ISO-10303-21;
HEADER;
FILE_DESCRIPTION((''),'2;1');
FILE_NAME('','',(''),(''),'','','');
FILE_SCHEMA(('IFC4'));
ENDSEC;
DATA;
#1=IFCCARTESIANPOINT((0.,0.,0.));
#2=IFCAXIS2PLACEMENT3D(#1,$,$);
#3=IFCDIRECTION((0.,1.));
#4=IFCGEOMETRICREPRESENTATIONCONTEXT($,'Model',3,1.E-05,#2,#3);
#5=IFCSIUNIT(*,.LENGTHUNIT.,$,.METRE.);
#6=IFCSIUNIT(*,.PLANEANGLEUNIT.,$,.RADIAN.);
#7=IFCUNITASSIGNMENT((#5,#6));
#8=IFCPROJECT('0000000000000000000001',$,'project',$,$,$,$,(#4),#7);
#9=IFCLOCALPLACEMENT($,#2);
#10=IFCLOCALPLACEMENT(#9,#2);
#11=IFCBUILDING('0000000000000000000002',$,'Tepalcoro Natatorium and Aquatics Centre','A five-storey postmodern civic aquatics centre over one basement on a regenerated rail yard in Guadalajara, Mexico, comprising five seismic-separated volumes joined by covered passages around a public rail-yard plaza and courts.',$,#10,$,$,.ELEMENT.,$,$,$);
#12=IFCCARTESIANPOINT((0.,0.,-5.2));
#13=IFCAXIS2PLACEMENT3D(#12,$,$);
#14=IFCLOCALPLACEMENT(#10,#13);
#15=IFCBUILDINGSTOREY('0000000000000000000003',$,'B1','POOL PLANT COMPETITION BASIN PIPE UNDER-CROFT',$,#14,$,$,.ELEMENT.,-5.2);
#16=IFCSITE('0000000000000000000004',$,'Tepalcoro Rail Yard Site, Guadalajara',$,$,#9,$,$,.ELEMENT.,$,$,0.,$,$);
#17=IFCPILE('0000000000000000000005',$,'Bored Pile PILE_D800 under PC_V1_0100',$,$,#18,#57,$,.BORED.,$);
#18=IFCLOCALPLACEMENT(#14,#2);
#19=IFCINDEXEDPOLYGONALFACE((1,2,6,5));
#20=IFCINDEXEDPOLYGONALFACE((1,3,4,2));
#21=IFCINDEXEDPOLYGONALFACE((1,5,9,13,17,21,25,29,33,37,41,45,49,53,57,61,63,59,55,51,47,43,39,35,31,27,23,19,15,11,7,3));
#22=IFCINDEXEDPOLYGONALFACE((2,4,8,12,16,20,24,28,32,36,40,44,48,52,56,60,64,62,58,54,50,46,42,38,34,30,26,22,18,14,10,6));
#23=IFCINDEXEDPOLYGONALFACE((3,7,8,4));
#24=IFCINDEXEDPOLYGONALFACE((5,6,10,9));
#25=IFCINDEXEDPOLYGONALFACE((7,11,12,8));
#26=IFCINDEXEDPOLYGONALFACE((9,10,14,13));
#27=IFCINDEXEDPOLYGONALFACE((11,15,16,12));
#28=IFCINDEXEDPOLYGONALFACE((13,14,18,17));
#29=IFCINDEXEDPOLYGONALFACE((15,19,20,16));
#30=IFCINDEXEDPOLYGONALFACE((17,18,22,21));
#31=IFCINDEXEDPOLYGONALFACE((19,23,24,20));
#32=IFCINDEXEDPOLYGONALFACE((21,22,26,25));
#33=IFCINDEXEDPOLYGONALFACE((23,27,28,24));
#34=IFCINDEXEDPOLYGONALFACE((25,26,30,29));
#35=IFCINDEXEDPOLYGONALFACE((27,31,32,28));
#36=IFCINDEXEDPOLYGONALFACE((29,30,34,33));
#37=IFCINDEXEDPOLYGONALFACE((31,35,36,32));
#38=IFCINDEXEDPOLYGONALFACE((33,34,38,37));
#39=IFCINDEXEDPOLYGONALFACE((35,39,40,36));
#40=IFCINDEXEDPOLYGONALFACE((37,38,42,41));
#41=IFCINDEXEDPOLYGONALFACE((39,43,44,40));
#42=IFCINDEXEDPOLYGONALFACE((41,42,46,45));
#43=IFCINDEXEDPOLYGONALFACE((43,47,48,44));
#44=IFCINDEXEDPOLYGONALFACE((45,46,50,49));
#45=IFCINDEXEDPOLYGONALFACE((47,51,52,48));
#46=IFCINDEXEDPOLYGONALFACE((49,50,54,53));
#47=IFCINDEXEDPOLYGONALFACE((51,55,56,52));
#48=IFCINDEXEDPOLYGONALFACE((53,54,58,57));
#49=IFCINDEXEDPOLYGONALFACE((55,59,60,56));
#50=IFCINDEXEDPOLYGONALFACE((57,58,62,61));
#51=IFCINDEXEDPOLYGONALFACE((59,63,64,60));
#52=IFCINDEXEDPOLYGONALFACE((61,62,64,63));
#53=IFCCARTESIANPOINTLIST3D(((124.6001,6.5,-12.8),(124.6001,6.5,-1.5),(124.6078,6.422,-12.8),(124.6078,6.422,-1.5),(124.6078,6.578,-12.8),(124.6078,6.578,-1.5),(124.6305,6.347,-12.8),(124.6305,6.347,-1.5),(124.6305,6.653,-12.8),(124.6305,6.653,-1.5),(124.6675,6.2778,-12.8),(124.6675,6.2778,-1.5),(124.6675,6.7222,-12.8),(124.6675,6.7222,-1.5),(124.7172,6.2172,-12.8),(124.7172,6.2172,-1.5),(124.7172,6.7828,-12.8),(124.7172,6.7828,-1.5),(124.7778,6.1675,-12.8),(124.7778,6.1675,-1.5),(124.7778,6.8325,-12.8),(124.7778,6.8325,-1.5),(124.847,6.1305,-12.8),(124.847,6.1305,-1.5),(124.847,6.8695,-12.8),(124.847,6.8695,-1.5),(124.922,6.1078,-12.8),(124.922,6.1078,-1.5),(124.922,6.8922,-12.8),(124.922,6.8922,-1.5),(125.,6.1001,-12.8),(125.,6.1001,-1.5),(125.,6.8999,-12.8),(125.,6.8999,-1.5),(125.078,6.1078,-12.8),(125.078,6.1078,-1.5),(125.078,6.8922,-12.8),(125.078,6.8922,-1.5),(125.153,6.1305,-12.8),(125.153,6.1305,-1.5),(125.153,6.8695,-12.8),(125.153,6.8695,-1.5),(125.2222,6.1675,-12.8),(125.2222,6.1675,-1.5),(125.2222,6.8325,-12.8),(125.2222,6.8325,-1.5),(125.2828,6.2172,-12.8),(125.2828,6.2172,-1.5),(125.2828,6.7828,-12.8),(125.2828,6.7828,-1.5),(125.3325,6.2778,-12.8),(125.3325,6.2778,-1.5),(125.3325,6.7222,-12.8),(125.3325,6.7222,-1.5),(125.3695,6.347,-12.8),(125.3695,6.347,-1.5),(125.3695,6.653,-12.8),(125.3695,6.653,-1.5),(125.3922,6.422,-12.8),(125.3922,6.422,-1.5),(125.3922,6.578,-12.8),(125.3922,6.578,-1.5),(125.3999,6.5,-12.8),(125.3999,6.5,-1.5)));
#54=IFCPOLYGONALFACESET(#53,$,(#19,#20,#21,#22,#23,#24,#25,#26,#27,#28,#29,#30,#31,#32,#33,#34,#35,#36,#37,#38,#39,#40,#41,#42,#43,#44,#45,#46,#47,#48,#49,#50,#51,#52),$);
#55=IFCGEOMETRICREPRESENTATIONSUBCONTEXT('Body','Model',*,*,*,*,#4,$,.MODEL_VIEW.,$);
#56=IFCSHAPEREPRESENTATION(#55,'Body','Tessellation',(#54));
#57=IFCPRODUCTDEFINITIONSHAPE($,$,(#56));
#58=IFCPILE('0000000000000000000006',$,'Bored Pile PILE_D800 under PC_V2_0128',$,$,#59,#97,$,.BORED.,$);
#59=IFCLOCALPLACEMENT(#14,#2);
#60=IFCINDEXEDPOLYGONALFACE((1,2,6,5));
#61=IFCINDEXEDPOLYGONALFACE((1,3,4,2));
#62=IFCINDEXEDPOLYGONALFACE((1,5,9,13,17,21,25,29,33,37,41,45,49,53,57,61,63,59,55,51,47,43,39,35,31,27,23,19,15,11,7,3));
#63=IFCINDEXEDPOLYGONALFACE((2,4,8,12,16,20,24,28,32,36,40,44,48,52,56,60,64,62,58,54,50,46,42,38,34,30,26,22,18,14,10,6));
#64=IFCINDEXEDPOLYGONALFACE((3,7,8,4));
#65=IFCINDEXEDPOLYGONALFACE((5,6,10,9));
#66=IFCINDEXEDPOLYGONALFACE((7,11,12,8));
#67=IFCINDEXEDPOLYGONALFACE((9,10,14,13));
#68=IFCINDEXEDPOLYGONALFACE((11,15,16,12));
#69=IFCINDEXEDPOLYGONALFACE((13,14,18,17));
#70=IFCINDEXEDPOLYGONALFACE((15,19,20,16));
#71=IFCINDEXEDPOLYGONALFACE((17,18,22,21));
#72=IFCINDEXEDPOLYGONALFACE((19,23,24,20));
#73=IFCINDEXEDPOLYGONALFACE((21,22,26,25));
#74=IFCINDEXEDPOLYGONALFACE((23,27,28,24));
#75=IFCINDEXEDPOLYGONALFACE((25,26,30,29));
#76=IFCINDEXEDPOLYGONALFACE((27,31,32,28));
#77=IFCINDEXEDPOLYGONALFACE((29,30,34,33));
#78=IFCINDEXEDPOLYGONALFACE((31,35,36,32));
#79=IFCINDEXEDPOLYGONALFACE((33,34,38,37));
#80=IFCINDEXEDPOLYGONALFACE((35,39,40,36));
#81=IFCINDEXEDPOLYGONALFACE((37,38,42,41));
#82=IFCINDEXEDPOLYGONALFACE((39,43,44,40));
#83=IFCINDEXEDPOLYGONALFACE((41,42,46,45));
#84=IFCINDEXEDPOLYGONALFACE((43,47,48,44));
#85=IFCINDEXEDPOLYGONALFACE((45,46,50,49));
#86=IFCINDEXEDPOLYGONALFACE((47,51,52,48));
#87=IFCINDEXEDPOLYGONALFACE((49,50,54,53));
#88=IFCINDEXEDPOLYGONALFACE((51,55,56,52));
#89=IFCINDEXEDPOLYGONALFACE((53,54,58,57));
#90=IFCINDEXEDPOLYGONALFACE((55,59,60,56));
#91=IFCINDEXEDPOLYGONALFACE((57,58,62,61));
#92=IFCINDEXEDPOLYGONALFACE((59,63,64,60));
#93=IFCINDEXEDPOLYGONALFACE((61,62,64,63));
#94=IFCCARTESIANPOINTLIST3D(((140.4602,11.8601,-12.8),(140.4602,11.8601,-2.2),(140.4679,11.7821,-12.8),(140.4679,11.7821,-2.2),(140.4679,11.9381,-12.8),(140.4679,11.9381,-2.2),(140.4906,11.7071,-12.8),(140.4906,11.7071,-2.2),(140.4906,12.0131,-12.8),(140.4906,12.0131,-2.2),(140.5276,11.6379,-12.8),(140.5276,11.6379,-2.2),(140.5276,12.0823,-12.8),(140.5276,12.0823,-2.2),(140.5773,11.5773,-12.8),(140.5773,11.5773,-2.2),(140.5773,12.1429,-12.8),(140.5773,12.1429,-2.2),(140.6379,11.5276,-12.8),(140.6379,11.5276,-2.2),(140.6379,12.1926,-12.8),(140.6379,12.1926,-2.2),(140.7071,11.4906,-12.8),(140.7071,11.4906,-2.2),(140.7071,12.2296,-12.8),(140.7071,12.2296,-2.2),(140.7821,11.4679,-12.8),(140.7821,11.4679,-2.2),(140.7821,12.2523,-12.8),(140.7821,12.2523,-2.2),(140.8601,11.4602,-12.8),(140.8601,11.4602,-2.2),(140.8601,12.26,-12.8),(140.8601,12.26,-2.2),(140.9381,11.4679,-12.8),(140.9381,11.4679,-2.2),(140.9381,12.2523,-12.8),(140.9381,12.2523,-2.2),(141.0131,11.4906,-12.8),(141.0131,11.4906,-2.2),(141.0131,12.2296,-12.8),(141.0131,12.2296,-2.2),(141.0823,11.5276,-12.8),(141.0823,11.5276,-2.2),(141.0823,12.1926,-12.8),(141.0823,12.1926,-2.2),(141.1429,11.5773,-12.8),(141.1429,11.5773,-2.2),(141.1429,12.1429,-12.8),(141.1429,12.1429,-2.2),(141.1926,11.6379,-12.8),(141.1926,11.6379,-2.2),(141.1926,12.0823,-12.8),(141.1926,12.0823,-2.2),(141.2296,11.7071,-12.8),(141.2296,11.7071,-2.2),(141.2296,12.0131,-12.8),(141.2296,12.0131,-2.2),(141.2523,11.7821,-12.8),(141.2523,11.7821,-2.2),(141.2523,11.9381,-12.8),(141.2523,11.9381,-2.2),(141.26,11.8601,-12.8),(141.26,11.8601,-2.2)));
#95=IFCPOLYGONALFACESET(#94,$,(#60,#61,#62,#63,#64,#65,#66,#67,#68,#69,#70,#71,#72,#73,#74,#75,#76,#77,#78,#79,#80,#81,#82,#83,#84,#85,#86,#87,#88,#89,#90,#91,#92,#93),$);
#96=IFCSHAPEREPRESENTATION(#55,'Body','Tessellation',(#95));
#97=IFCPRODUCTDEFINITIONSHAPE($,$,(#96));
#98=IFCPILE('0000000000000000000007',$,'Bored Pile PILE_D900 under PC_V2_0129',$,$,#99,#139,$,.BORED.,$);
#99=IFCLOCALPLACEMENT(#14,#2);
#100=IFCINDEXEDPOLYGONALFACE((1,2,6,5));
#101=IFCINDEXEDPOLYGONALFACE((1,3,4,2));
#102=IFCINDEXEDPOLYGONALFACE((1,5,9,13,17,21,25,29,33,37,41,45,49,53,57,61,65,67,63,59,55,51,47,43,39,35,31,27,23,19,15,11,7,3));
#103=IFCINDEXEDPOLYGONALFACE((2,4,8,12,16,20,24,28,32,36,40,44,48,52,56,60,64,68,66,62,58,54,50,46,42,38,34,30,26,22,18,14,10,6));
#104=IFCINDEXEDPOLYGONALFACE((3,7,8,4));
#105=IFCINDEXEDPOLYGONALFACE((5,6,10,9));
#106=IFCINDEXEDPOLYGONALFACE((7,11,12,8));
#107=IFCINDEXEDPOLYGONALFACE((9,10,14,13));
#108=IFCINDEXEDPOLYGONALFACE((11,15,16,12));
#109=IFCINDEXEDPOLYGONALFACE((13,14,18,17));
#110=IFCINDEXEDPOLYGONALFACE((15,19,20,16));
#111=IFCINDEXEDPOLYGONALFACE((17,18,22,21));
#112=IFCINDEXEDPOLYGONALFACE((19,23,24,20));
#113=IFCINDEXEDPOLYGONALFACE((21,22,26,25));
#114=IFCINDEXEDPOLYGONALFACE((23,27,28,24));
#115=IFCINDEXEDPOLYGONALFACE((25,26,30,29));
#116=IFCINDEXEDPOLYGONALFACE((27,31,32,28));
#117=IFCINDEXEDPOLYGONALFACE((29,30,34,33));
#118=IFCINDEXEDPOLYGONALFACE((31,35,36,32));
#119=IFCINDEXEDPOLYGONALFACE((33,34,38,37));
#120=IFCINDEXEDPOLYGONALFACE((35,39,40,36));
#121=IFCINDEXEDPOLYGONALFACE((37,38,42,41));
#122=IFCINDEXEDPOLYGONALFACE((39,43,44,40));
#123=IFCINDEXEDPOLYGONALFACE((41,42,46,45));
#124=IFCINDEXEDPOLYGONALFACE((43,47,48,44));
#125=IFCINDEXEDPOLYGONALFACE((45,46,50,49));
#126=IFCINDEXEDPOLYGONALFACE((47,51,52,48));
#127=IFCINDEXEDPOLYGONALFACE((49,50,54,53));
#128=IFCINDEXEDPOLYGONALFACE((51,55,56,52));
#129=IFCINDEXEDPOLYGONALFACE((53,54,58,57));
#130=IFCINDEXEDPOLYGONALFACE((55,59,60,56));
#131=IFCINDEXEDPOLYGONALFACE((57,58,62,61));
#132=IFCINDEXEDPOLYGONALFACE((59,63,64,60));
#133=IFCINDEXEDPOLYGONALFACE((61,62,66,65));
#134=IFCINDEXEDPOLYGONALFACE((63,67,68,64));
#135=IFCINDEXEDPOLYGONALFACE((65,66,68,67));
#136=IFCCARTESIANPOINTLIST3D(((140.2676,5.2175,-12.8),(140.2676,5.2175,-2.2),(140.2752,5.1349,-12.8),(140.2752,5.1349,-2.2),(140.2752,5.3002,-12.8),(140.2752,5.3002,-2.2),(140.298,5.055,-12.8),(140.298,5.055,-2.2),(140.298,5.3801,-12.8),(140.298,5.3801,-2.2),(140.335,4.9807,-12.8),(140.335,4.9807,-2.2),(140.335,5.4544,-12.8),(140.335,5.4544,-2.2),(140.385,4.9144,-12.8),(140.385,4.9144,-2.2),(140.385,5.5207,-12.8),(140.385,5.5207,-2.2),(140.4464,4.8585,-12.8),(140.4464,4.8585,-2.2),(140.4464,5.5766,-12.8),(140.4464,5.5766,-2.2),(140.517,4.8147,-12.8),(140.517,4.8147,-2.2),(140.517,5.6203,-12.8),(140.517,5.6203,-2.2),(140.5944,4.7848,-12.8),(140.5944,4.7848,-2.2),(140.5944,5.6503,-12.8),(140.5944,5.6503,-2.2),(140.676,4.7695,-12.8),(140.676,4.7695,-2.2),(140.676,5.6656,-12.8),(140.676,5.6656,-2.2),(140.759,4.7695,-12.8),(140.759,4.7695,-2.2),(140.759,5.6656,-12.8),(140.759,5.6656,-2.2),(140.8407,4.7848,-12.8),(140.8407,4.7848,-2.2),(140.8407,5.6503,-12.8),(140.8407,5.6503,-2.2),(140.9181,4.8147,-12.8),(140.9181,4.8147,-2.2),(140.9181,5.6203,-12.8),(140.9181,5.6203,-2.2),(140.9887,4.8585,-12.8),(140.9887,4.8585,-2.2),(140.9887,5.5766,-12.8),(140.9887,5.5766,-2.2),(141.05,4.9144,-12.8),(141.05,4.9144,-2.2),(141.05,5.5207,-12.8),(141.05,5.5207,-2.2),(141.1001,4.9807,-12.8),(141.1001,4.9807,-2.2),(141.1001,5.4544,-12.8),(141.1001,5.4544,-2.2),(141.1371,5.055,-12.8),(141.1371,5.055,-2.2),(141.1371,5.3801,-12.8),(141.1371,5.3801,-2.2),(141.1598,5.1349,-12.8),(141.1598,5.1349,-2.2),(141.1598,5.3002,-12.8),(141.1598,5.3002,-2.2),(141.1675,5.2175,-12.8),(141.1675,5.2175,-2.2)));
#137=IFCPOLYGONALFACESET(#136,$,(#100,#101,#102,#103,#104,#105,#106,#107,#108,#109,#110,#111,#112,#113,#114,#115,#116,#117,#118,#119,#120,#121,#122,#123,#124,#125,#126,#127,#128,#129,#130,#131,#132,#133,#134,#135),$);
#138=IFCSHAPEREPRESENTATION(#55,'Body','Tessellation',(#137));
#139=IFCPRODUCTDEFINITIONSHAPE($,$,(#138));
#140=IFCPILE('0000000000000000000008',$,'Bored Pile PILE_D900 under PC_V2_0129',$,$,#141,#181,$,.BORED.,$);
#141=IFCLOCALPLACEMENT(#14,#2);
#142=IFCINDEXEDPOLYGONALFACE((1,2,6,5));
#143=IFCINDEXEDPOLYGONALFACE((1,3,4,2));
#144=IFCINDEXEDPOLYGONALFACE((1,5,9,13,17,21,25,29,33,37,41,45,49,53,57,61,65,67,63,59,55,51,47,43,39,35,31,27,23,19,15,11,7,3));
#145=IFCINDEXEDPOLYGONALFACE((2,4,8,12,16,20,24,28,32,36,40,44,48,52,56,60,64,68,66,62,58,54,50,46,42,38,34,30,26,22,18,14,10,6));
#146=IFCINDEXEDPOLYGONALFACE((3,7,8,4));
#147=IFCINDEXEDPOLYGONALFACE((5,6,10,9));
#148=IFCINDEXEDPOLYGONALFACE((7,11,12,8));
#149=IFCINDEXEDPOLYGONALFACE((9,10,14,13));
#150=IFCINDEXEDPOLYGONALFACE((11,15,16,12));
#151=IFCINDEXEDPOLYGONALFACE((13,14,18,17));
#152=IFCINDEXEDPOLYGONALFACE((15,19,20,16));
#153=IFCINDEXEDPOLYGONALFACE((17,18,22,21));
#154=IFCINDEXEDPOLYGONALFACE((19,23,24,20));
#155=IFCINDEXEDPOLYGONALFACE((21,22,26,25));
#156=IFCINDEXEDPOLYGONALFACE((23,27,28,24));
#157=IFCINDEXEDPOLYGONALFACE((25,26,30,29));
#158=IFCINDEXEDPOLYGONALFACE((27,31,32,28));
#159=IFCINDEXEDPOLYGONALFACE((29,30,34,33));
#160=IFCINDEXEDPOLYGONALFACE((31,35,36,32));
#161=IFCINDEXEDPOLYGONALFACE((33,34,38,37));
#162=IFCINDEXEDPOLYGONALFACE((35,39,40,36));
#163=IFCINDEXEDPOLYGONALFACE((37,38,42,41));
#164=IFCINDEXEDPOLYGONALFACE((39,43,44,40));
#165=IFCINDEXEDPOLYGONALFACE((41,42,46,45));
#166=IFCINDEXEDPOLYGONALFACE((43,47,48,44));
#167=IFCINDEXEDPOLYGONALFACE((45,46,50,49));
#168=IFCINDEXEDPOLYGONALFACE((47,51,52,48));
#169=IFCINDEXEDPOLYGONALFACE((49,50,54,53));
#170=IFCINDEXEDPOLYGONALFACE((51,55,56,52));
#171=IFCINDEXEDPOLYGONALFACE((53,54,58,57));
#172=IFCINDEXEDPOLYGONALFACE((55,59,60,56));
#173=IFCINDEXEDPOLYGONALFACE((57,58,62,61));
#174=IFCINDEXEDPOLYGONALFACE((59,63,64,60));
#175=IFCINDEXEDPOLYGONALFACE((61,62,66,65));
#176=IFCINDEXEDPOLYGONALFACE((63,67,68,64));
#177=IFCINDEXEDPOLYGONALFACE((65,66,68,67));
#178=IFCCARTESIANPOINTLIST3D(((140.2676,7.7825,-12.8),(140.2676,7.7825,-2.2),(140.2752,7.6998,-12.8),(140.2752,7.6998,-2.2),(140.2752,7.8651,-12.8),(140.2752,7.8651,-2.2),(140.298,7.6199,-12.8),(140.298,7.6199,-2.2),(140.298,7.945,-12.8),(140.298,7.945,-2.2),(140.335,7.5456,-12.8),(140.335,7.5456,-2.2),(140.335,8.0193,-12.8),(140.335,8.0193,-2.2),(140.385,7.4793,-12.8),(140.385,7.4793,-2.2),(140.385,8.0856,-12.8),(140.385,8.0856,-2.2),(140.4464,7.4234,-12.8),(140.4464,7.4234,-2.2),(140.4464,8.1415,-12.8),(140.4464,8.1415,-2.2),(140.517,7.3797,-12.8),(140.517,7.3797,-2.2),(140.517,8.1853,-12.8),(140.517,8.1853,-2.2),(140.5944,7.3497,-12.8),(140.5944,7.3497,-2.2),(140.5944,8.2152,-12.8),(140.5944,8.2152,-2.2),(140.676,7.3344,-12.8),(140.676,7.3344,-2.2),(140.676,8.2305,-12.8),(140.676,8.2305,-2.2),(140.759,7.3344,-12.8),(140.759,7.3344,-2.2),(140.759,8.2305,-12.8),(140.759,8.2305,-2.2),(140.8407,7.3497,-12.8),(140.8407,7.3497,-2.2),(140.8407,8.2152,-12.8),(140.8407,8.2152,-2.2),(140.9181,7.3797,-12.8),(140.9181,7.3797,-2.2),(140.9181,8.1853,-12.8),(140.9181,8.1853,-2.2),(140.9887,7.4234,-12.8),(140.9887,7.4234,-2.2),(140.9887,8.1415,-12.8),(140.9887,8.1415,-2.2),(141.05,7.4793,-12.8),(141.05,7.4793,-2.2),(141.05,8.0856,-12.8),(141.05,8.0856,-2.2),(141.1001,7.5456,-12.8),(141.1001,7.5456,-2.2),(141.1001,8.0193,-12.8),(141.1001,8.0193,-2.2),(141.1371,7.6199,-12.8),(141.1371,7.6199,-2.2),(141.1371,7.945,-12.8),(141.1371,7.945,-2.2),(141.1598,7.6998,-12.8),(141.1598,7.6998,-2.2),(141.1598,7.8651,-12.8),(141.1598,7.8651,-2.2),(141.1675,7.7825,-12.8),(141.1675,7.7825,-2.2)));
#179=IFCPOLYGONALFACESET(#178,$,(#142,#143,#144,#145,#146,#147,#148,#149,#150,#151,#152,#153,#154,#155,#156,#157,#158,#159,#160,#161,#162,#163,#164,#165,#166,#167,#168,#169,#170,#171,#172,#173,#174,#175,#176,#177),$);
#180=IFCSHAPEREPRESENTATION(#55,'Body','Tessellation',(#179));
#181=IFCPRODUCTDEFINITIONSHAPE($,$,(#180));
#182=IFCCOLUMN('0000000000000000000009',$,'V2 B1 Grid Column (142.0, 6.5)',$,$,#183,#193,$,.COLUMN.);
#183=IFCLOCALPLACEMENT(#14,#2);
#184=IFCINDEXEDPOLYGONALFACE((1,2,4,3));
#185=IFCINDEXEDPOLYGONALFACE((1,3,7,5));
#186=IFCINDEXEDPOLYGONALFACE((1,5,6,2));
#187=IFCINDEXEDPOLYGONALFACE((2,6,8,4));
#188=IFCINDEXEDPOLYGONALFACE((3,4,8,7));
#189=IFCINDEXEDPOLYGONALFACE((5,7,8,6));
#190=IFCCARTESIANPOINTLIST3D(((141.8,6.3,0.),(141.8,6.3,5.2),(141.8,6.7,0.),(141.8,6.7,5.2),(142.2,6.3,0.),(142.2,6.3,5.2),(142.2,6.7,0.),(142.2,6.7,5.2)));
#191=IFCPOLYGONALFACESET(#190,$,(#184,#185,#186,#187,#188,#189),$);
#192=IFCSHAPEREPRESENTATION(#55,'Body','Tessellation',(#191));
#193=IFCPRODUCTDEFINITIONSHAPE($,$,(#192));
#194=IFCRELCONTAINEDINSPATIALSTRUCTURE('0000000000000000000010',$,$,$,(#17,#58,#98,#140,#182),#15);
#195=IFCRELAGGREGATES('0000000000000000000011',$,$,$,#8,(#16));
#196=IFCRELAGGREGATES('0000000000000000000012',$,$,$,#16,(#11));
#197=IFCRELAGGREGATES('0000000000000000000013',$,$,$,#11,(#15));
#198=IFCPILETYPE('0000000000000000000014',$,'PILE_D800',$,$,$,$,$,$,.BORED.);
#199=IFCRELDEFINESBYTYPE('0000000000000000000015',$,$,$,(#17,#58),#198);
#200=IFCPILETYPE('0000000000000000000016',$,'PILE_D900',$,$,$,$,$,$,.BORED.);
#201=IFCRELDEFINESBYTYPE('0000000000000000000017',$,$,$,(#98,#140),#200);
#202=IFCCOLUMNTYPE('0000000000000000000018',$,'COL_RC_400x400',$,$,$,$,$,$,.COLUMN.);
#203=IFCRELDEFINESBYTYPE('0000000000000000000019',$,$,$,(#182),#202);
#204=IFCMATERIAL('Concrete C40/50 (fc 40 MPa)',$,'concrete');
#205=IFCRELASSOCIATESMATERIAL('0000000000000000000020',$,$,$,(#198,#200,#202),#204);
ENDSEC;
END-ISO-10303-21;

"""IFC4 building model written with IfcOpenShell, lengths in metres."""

from ifc_helpers import new_model, si_unit, direction, frame, origin, origin_2d, place, context, subcontext, project, spatial, rectangle, circle, extrude, material, material_profile, profile_set, type_object, element, save


model = new_model("IFC4")

# Units and contexts
model_context = context("Model", 3, precision=1e-05, world=origin(), true_north=direction((0.0, 1.0)))
body_context = subcontext(model_context, "Body", "Model", "MODEL_VIEW")
ifc_project = project(units=[si_unit("LENGTHUNIT", "METRE"), si_unit("PLANEANGLEUNIT", "RADIAN")], contexts=[model_context])

# Site, building, storey
site_placement = place(None, origin())
site = spatial("IfcSite", under=ifc_project, at=site_placement, Name="Tepalcoro Rail Yard Site, Guadalajara", CompositionType="ELEMENT", RefElevation=0.0)
building_placement = place(site_placement, origin())
building = spatial("IfcBuilding", under=site, at=building_placement, Name="Tepalcoro Natatorium and Aquatics Centre", Description="A five-storey postmodern civic aquatics centre over one basement on a regenerated rail yard in Guadalajara, Mexico, comprising five seismic-separated volumes joined by covered passages around a public rail-yard plaza and courts.", CompositionType="ELEMENT")
storey_placement = place(building_placement, frame((0.0, 0.0, -5.2)))
storey = spatial("IfcBuildingStorey", under=building, at=storey_placement, Name="B1", Description="POOL PLANT COMPETITION BASIN PIPE UNDER-CROFT", CompositionType="ELEMENT", Elevation=-5.2)

# Piles
ifc_material = material(Name="Concrete C40/50 (fc 40 MPa)", Category="concrete")
ifc_material_profile_1 = material_profile(ifc_material, circle(Radius=0.3999, at=origin_2d()), Name="PILE_D800")
ifc_profile_set_1 = profile_set([ifc_material_profile_1], Name="Concrete C40/50 (fc 40 MPa)")
pile_type_1 = type_object("IfcPileType", Name="PILE_D800", PredefinedType="BORED", material=ifc_profile_set_1)
pile_1_placement = place(storey_placement, frame((125.0, 6.5, -1.5), z_axis=(0.0, 0.0, -1.0), x_axis=(1.0, 0.0, 0.0)))
element("IfcPile", 1, at=pile_1_placement, inside=storey, type_object=pile_type_1, Name="Bored Pile PILE_D800 under PC_V1_0100", PredefinedType="BORED", context=body_context, shape_type="SweptSolid", body=[
    extrude(circle(Radius=0.3999, at=origin_2d()), origin(), (0.0, 0.0, 1.0), 11.3),
])
pile_2_placement = place(storey_placement, frame((140.8601, 11.8601, -2.2), z_axis=(0.0, 0.0, -1.0), x_axis=(1.0, 0.0, 0.0)))
element("IfcPile", 2, at=pile_2_placement, inside=storey, type_object=pile_type_1, Name="Bored Pile PILE_D800 under PC_V2_0128", PredefinedType="BORED", context=body_context, shape_type="SweptSolid", body=[
    extrude(circle(Radius=0.3999, at=origin_2d()), origin(), (0.0, 0.0, 1.0), 10.6001),
])
ifc_material_profile_2 = material_profile(ifc_material, circle(Radius=0.45, at=origin_2d()), Name="PILE_D900")
ifc_profile_set_2 = profile_set([ifc_material_profile_2], Name="Concrete C40/50 (fc 40 MPa)")
pile_type_2 = type_object("IfcPileType", Name="PILE_D900", PredefinedType="BORED", material=ifc_profile_set_2)
for number, where, z_axis, x_axis, name in (
    (3, (140.7175, 5.2175, -2.2), (0.0, 0.0, -1.0), (1.0, 0.0, 0.0), "Bored Pile PILE_D900 under PC_V2_0129"),
    (4, (140.7175, 7.7825, -2.2), (0.0, 0.0, -1.0), (1.0, 0.0, 0.0), "Bored Pile PILE_D900 under PC_V2_0129"),
):
    element("IfcPile", number, at=place(storey_placement, frame(where, z_axis=z_axis, x_axis=x_axis)), inside=storey, type_object=pile_type_2, Name=name, PredefinedType="BORED", context=body_context, shape_type="SweptSolid", body=[
        extrude(circle(Radius=0.45, at=origin_2d()), origin(), (0.0, 0.0, 1.0), 10.6001),
    ])

# Column
ifc_material_profile_3 = material_profile(ifc_material, rectangle(XDim=0.3999, YDim=0.3999, at=origin_2d()), Name="RC400x400")
ifc_profile_set_3 = profile_set([ifc_material_profile_3], Name="Concrete C40/50 (fc 40 MPa)")
column_type_1 = type_object("IfcColumnType", Name="COL_RC_400x400", PredefinedType="COLUMN", material=ifc_profile_set_3)
column_1_placement = place(storey_placement, frame((142.0, 6.5, 0.0), z_axis=(0.0, 0.0, 1.0), x_axis=(1.0, 0.0, 0.0)))
element("IfcColumn", 5, at=column_1_placement, inside=storey, type_object=column_type_1, Name="V2 B1 Grid Column (142.0, 6.5)", PredefinedType="COLUMN", context=body_context, shape_type="SweptSolid", body=[
    extrude(rectangle(XDim=0.3999, YDim=0.3999, at=origin_2d()), origin(), (0.0, 0.0, 1.0), 5.2),
])

save(model, "model.ifc")
